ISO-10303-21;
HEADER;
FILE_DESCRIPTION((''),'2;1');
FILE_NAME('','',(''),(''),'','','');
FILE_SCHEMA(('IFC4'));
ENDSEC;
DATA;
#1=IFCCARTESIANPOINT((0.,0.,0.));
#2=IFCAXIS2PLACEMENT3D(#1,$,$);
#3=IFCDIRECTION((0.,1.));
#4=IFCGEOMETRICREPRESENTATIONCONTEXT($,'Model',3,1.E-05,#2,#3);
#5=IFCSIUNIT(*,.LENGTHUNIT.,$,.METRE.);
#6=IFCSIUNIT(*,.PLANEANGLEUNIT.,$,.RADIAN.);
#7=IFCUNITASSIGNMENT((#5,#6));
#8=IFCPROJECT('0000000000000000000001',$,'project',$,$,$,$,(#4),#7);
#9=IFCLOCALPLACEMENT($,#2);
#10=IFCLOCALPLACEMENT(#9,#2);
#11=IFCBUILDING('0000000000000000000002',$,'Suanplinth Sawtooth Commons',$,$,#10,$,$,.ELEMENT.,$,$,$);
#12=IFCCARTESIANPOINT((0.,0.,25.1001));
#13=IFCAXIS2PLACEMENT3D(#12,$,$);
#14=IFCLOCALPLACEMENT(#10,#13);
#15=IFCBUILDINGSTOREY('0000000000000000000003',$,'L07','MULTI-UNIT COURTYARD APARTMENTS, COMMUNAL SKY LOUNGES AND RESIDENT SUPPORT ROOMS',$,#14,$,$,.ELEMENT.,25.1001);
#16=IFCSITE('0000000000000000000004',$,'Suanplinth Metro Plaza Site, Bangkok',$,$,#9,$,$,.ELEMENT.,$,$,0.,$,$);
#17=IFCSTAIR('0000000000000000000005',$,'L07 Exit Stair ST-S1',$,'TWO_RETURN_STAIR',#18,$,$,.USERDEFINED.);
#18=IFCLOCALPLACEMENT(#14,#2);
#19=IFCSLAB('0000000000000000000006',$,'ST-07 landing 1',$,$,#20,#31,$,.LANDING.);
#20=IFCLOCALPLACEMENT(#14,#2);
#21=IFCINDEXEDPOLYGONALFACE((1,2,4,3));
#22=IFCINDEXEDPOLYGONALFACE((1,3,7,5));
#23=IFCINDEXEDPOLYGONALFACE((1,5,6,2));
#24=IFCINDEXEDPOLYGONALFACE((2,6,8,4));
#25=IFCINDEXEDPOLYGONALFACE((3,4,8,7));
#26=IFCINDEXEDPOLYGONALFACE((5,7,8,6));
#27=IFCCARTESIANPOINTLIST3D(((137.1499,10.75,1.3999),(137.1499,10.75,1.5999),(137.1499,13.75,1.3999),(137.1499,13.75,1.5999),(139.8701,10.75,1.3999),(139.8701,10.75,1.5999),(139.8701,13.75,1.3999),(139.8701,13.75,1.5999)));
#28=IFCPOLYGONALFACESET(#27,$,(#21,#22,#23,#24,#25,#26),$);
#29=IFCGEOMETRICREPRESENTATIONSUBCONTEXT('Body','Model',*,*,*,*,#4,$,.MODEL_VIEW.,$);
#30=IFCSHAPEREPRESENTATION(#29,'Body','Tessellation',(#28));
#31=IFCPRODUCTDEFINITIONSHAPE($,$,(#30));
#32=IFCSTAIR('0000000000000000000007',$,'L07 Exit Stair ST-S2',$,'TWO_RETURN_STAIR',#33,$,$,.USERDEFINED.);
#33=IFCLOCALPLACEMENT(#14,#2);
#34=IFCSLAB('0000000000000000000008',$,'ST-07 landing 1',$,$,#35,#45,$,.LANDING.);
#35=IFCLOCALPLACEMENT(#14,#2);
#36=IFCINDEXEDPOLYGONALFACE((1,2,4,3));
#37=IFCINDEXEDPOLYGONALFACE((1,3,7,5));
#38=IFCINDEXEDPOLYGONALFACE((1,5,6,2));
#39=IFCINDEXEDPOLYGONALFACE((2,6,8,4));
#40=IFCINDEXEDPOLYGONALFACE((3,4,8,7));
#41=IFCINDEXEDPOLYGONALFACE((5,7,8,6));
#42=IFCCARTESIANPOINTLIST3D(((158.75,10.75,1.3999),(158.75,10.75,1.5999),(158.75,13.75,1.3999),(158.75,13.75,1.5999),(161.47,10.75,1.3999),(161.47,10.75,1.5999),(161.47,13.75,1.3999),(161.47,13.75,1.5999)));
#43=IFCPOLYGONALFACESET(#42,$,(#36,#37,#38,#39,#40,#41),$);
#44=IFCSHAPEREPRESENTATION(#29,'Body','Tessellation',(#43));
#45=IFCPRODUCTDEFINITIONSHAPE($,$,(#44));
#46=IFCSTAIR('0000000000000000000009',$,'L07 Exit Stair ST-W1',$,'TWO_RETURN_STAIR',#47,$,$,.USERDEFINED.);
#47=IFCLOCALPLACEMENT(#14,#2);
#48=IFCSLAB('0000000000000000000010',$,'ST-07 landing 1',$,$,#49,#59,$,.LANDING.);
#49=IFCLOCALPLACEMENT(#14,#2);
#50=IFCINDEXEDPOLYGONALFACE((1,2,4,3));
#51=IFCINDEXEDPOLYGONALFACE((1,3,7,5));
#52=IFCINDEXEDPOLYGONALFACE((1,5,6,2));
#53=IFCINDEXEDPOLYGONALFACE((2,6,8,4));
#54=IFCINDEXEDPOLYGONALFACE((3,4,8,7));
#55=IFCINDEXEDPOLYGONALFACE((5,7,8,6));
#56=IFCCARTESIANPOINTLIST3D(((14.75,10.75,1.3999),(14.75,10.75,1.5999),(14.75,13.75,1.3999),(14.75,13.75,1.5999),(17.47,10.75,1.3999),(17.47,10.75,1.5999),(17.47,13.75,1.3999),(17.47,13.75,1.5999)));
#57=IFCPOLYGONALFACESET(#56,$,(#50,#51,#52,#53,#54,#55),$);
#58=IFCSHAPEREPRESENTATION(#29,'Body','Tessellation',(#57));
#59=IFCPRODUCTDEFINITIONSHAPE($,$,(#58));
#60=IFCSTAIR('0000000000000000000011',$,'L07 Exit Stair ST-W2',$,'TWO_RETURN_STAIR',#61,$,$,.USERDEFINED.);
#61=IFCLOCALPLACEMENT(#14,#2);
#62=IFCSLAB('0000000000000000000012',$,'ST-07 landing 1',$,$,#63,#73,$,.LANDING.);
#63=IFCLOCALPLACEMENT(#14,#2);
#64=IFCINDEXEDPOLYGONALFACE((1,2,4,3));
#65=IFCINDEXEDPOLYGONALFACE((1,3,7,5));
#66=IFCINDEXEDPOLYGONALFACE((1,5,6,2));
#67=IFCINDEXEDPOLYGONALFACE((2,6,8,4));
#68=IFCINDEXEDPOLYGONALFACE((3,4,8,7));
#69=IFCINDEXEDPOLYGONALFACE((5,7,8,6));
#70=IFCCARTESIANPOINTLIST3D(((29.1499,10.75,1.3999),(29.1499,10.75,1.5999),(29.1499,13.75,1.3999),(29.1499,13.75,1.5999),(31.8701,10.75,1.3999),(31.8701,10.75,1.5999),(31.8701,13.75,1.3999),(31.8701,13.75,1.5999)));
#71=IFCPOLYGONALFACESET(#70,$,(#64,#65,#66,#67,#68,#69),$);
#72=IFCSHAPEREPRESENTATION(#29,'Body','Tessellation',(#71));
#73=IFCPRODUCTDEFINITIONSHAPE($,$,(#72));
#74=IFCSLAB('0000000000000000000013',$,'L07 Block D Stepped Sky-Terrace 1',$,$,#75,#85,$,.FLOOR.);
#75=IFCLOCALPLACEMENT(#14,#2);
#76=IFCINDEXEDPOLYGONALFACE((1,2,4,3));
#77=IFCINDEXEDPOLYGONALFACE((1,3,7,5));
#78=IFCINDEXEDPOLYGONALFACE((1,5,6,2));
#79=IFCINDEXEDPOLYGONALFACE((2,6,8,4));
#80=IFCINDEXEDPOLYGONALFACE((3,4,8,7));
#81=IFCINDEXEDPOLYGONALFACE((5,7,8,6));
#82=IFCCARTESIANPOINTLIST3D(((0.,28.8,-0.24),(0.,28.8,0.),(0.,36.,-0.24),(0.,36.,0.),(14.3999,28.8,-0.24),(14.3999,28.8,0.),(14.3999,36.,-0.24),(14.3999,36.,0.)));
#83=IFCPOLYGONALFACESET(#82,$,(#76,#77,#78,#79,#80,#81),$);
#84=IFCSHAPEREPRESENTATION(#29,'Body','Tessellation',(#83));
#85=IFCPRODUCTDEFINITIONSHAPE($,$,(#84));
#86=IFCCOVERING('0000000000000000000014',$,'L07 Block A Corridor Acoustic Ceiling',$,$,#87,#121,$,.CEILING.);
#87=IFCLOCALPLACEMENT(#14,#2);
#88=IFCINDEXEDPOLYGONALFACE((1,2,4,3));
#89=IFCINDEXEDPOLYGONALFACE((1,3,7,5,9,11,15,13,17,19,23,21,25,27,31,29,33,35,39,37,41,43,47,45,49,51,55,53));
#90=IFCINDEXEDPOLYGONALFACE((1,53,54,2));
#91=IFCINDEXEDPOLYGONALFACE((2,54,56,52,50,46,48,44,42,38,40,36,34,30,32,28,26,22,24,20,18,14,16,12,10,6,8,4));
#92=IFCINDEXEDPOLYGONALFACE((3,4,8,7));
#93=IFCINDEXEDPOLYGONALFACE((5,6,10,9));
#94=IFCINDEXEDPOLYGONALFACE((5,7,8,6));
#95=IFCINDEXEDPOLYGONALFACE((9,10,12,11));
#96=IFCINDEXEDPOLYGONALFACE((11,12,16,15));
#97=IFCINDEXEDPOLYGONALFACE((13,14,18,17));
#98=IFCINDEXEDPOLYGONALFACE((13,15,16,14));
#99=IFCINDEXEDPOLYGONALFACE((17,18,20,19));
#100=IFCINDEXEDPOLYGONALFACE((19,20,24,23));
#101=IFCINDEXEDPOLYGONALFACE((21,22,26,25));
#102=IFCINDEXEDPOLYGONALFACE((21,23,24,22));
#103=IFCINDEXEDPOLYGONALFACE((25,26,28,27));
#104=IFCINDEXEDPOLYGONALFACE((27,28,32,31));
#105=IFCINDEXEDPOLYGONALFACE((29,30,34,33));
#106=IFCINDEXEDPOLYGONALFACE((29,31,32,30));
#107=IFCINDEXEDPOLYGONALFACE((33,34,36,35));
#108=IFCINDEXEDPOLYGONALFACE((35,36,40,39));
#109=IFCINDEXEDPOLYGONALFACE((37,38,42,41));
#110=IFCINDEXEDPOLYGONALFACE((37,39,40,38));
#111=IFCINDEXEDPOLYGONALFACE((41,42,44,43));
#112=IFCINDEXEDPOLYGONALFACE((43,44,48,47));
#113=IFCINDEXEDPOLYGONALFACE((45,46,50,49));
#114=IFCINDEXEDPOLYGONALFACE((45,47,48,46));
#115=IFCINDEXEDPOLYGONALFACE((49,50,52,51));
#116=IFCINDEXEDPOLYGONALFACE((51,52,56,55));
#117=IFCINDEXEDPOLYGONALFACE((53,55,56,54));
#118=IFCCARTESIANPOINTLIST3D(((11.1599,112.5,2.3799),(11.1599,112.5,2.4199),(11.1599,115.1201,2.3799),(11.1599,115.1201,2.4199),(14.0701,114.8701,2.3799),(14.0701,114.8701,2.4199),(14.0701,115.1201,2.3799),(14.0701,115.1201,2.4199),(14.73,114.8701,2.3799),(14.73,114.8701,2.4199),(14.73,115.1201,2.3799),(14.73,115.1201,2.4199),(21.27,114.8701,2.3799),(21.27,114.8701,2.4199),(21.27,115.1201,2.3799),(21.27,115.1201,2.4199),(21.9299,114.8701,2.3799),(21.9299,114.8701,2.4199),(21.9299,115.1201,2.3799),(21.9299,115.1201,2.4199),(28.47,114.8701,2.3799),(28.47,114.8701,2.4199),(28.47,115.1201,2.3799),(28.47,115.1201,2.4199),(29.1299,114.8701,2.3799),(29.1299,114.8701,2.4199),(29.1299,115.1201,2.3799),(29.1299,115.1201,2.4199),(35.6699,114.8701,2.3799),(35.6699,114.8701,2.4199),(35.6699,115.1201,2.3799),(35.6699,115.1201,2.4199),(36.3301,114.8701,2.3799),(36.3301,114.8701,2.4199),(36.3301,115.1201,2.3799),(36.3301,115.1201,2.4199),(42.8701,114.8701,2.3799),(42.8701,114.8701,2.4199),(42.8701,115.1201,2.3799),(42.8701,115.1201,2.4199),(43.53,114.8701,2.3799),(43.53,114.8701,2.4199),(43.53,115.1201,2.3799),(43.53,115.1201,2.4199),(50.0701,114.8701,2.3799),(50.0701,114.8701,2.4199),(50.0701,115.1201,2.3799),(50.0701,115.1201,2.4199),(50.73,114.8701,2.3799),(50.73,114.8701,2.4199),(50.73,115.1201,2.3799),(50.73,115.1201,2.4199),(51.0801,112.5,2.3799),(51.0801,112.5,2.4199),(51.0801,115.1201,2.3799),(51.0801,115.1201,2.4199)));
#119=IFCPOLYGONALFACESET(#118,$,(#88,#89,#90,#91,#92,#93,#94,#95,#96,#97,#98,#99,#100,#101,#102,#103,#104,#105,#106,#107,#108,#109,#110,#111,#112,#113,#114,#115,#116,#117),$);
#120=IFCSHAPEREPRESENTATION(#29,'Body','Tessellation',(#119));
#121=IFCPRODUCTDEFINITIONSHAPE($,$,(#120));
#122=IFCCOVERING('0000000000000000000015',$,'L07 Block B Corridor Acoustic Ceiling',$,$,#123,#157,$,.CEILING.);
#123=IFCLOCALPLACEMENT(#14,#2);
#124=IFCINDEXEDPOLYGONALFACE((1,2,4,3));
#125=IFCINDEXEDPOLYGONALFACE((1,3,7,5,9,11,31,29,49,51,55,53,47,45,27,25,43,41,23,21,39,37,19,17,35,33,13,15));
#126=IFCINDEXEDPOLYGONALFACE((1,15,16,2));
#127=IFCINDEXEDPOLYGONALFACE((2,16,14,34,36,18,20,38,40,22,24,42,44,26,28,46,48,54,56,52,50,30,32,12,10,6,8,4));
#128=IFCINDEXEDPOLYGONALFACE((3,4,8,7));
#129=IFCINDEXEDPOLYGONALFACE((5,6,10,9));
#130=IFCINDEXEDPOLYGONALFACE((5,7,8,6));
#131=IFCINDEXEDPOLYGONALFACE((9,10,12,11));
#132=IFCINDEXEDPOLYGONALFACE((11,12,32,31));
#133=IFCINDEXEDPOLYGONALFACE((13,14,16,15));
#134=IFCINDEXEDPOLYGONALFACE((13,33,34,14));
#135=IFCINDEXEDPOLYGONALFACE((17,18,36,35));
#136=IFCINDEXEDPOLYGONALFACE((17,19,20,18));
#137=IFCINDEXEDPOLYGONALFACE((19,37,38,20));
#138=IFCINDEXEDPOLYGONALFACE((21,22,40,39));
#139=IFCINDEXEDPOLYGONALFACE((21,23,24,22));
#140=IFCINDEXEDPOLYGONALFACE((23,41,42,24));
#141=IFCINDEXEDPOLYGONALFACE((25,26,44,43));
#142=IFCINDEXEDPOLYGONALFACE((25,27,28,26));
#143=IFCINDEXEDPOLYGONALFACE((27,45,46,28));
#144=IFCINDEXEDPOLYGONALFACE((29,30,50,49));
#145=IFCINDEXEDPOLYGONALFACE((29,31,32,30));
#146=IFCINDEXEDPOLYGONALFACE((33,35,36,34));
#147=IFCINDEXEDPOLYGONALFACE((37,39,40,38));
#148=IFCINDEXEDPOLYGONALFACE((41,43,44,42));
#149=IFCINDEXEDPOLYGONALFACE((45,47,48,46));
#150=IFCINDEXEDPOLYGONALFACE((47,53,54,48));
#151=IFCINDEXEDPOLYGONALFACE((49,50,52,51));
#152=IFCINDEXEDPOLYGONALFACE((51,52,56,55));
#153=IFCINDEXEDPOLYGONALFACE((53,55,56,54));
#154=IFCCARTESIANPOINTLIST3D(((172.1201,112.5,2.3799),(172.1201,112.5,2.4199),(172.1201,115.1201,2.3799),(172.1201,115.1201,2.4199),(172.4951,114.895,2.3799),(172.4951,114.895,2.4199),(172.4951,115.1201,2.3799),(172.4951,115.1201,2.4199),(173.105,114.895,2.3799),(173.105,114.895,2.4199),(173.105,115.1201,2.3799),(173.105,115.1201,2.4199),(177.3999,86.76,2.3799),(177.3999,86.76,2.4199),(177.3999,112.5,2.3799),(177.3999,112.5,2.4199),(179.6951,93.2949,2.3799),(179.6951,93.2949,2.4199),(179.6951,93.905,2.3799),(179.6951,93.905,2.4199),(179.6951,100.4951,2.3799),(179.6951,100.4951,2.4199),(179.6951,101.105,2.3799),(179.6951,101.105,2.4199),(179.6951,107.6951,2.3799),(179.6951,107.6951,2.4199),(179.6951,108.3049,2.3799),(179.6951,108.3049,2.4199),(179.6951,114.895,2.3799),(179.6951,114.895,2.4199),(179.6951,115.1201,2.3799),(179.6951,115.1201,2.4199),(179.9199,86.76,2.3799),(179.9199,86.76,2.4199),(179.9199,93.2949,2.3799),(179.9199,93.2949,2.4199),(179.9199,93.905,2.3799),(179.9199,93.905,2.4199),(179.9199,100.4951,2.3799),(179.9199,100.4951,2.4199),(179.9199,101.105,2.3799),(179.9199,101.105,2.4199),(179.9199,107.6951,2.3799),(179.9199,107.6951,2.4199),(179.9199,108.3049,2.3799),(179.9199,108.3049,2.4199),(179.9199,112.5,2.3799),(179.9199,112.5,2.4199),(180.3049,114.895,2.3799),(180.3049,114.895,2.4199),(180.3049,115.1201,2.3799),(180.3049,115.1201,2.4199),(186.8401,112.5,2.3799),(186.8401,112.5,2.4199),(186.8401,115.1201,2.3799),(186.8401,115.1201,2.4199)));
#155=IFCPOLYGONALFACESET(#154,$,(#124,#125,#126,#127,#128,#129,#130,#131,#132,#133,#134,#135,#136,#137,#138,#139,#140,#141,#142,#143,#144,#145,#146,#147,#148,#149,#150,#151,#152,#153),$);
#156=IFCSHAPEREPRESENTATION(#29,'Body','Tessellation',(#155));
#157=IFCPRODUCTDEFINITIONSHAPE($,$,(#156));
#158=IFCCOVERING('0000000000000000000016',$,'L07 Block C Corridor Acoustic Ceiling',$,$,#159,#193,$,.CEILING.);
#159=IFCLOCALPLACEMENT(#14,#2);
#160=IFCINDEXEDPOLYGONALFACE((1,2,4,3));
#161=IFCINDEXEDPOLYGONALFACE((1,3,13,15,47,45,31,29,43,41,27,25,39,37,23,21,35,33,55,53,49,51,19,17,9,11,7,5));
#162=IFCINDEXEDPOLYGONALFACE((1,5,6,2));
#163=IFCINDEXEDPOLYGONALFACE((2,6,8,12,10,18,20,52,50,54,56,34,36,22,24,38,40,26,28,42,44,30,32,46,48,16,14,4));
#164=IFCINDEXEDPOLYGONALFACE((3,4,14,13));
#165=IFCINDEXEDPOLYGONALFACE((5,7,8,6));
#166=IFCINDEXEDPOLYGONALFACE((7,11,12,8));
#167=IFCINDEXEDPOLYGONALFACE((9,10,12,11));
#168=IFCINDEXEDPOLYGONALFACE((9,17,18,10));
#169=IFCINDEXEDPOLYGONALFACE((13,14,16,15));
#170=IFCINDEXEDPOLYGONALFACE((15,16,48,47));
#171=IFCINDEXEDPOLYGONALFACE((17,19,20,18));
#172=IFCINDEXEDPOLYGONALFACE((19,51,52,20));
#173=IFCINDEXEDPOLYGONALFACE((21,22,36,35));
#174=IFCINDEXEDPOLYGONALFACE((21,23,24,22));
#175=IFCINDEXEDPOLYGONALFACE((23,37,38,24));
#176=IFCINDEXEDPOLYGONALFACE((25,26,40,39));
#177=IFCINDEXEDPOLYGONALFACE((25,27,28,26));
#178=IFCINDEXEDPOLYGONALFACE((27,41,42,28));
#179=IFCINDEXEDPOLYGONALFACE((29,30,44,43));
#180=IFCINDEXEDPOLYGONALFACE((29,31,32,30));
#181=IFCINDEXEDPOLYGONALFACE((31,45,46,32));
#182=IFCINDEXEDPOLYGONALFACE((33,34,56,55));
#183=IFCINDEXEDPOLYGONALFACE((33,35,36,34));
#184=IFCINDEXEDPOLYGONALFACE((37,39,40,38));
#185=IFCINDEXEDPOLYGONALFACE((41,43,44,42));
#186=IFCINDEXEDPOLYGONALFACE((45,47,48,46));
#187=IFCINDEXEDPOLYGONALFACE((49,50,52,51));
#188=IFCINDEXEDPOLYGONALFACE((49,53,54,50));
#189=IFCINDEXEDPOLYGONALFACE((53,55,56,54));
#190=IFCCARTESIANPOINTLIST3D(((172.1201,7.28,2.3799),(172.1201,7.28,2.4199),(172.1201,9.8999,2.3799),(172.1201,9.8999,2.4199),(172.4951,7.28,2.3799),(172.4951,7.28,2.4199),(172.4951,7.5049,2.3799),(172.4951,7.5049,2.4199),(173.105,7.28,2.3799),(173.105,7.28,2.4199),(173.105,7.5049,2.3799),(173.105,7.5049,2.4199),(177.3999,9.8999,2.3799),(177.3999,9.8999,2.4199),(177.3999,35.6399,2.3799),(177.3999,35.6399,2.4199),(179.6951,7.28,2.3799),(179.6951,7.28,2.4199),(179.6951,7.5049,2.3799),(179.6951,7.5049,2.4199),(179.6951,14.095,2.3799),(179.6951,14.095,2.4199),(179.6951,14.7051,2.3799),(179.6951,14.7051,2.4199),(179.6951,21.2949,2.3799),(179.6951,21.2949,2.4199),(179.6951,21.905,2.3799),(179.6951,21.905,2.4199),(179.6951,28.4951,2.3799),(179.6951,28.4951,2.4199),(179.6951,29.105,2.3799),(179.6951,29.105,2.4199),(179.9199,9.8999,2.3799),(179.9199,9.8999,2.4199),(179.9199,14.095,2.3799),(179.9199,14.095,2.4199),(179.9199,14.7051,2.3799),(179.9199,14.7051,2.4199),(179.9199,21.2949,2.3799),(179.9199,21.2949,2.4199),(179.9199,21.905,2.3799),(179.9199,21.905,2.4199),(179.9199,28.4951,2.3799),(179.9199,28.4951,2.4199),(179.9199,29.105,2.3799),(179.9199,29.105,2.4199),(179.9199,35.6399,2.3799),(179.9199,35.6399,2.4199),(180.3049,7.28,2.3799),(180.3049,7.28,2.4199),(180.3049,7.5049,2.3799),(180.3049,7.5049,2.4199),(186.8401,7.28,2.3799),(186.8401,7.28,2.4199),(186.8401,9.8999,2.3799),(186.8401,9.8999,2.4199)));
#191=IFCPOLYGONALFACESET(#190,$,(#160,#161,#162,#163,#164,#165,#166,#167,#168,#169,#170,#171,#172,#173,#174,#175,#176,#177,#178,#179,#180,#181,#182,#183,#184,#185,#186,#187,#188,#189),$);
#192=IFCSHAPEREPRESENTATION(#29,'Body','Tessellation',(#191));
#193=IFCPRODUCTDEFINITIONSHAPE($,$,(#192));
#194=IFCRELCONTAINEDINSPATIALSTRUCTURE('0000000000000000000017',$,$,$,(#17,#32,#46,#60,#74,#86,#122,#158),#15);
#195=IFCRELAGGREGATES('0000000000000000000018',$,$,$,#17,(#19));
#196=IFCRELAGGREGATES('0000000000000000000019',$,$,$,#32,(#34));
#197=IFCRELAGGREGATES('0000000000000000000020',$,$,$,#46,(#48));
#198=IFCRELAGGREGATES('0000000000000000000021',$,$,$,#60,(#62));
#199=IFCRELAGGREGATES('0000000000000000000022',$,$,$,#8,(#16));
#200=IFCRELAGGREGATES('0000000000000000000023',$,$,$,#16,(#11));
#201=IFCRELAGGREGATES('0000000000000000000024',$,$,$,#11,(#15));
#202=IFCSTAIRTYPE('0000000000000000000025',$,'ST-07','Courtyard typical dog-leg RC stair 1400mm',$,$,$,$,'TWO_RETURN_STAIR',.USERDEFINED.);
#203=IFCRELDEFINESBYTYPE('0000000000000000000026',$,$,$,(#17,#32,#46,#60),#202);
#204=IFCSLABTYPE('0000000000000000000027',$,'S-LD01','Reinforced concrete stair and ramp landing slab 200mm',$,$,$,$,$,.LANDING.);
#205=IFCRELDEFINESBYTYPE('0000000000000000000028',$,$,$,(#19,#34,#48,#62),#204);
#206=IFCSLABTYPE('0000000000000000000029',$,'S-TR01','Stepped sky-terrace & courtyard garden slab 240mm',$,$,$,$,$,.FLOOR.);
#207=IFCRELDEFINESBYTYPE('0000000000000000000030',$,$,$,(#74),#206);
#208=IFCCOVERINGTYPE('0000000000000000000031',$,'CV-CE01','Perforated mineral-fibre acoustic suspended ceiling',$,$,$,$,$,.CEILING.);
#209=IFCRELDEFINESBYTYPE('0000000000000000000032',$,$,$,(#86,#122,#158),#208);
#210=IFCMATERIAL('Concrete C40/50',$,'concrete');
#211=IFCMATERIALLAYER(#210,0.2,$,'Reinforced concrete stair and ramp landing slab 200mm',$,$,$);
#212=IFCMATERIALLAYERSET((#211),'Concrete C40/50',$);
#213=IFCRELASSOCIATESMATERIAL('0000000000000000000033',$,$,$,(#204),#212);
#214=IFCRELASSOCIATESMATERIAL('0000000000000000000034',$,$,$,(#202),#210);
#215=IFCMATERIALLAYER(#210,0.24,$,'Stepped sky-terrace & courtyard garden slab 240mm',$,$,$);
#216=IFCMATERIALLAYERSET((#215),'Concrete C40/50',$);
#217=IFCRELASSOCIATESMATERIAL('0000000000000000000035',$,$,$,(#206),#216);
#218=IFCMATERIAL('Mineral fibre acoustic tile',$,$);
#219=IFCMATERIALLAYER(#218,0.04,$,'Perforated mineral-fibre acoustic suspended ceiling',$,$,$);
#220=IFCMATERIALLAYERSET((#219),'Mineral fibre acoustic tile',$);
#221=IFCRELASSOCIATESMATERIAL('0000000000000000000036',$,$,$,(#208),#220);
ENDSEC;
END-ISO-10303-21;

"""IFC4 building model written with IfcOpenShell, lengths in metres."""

from ifc_helpers import new_model, si_unit, direction, frame, origin, place, context, subcontext, project, spatial, polyline, outline, extrude, material, layer, layer_set, type_object, element, aggregate, save


model = new_model("IFC4")

# Units and contexts
model_context = context("Model", 3, precision=1e-05, world=origin(), true_north=direction((0.0, 1.0)))
body_context = subcontext(model_context, "Body", "Model", "MODEL_VIEW")
ifc_project = project(units=[si_unit("LENGTHUNIT", "METRE"), si_unit("PLANEANGLEUNIT", "RADIAN")], contexts=[model_context])

# Site, building, storey
site_placement = place(None, origin())
site = spatial("IfcSite", under=ifc_project, at=site_placement, Name="Suanplinth Metro Plaza Site, Bangkok", CompositionType="ELEMENT", RefElevation=0.0)
building_placement = place(site_placement, origin())
building = spatial("IfcBuilding", under=site, at=building_placement, Name="Suanplinth Sawtooth Commons", CompositionType="ELEMENT")
storey_placement = place(building_placement, frame((0.0, 0.0, 25.1001)))
storey = spatial("IfcBuildingStorey", under=building, at=storey_placement, Name="L07", Description="MULTI-UNIT COURTYARD APARTMENTS, COMMUNAL SKY LOUNGES AND RESIDENT SUPPORT ROOMS", CompositionType="ELEMENT", Elevation=25.1001)

# Stairs, slabs
ifc_material_1 = material(Name="Concrete C40/50", Category="concrete")
ifc_layer_1 = layer(ifc_material_1, 0.2, Name="Reinforced concrete stair and ramp landing slab 200mm")
ifc_layer_set_1 = layer_set([ifc_layer_1], Name="Concrete C40/50")
slab_type_1 = type_object("IfcSlabType", Name="S-LD01", Description="Reinforced concrete stair and ramp landing slab 200mm", PredefinedType="LANDING", material=ifc_layer_set_1)
stair_type_1 = type_object("IfcStairType", Name="ST-07", Description="Courtyard typical dog-leg RC stair 1400mm", ElementType="TWO_RETURN_STAIR", PredefinedType="USERDEFINED", material=ifc_material_1)
stair_1_placement = place(storey_placement, origin())
stair_1 = element("IfcStair", 1, at=stair_1_placement, inside=storey, type_object=stair_type_1, Name="L07 Exit Stair ST-S1", ObjectType="TWO_RETURN_STAIR", PredefinedType="USERDEFINED")
slab_1_placement = place(storey_placement, frame((0.0, 0.0, 1.3999)))
slab_1 = element("IfcSlab", 2, at=slab_1_placement, type_object=slab_type_1, Name="ST-07 landing 1", PredefinedType="LANDING", context=body_context, shape_type="SweptSolid", body=[
    extrude(outline(polyline([(139.8701, 13.75), (137.1499, 13.75), (137.1499, 10.75), (139.8701, 10.75), (139.8701, 13.75)])), origin(), (0.0, 0.0, 1.0), 0.2),
])
aggregate(stair_1, [slab_1])
stair_2_placement = place(storey_placement, origin())
stair_2 = element("IfcStair", 3, at=stair_2_placement, inside=storey, type_object=stair_type_1, Name="L07 Exit Stair ST-S2", ObjectType="TWO_RETURN_STAIR", PredefinedType="USERDEFINED")
slab_2_placement = place(storey_placement, frame((0.0, 0.0, 1.3999)))
slab_2 = element("IfcSlab", 4, at=slab_2_placement, type_object=slab_type_1, Name="ST-07 landing 1", PredefinedType="LANDING", context=body_context, shape_type="SweptSolid", body=[
    extrude(outline(polyline([(161.47, 13.75), (158.75, 13.75), (158.75, 10.75), (161.47, 10.75), (161.47, 13.75)])), origin(), (0.0, 0.0, 1.0), 0.2),
])
aggregate(stair_2, [slab_2])
stair_3_placement = place(storey_placement, origin())
stair_3 = element("IfcStair", 5, at=stair_3_placement, inside=storey, type_object=stair_type_1, Name="L07 Exit Stair ST-W1", ObjectType="TWO_RETURN_STAIR", PredefinedType="USERDEFINED")
slab_3_placement = place(storey_placement, frame((0.0, 0.0, 1.3999)))
slab_3 = element("IfcSlab", 6, at=slab_3_placement, type_object=slab_type_1, Name="ST-07 landing 1", PredefinedType="LANDING", context=body_context, shape_type="SweptSolid", body=[
    extrude(outline(polyline([(17.47, 13.75), (14.75, 13.75), (14.75, 10.75), (17.47, 10.75), (17.47, 13.75)])), origin(), (0.0, 0.0, 1.0), 0.2),
])
aggregate(stair_3, [slab_3])
stair_4_placement = place(storey_placement, origin())
stair_4 = element("IfcStair", 7, at=stair_4_placement, inside=storey, type_object=stair_type_1, Name="L07 Exit Stair ST-W2", ObjectType="TWO_RETURN_STAIR", PredefinedType="USERDEFINED")
slab_4_placement = place(storey_placement, frame((0.0, 0.0, 1.3999)))
slab_4 = element("IfcSlab", 8, at=slab_4_placement, type_object=slab_type_1, Name="ST-07 landing 1", PredefinedType="LANDING", context=body_context, shape_type="SweptSolid", body=[
    extrude(outline(polyline([(31.8701, 13.75), (29.1499, 13.75), (29.1499, 10.75), (31.8701, 10.75), (31.8701, 13.75)])), origin(), (0.0, 0.0, 1.0), 0.2),
])
aggregate(stair_4, [slab_4])

# Slab
ifc_layer_2 = layer(ifc_material_1, 0.24, Name="Stepped sky-terrace & courtyard garden slab 240mm")
ifc_layer_set_2 = layer_set([ifc_layer_2], Name="Concrete C40/50")
slab_type_2 = type_object("IfcSlabType", Name="S-TR01", Description="Stepped sky-terrace & courtyard garden slab 240mm", PredefinedType="FLOOR", material=ifc_layer_set_2)
slab_5_placement = place(storey_placement, frame((0.0, 0.0, -0.24)))
element("IfcSlab", 9, at=slab_5_placement, inside=storey, type_object=slab_type_2, Name="L07 Block D Stepped Sky-Terrace 1", PredefinedType="FLOOR", context=body_context, shape_type="SweptSolid", body=[
    extrude(outline(polyline([(0.0, 36.0), (14.3999, 36.0), (14.3999, 28.8), (0.0, 28.8), (0.0, 36.0)])), origin(), (0.0, 0.0, 1.0), 0.24),
])

# Coverings
ifc_material_2 = material(Name="Mineral fibre acoustic tile")
ifc_layer_3 = layer(ifc_material_2, 0.04, Name="Perforated mineral-fibre acoustic suspended ceiling")
ifc_layer_set_3 = layer_set([ifc_layer_3], Name="Mineral fibre acoustic tile")
covering_type = type_object("IfcCoveringType", Name="CV-CE01", Description="Perforated mineral-fibre acoustic suspended ceiling", PredefinedType="CEILING", material=ifc_layer_set_3)
covering_1_placement = place(storey_placement, frame((0.0, 0.0, 2.3799)))
element("IfcCovering", 10, at=covering_1_placement, inside=storey, type_object=covering_type, Name="L07 Block A Corridor Acoustic Ceiling", PredefinedType="CEILING", context=body_context, shape_type="SweptSolid", body=[
    extrude(outline(polyline([(11.1599, 112.5), (11.1599, 115.1201), (14.0701, 115.1201), (14.0701, 114.8701), (14.73, 114.8701), (14.73, 115.1201), (21.27, 115.1201), (21.27, 114.8701), (21.9299, 114.8701), (21.9299, 115.1201), (28.47, 115.1201), (28.47, 114.8701), (29.1299, 114.8701), (29.1299, 115.1201), (35.6699, 115.1201), (35.6699, 114.8701), (36.3301, 114.8701), (36.3301, 115.1201), (42.8701, 115.1201), (42.8701, 114.8701), (43.53, 114.8701), (43.53, 115.1201), (50.0701, 115.1201), (50.0701, 114.8701), (50.73, 114.8701), (50.73, 115.1201), (51.0801, 115.1201), (51.0801, 112.5), (11.1599, 112.5)])), origin(), (0.0, 0.0, 1.0), 0.04),
])
covering_2_placement = place(storey_placement, frame((0.0, 0.0, 2.3799)))
element("IfcCovering", 11, at=covering_2_placement, inside=storey, type_object=covering_type, Name="L07 Block B Corridor Acoustic Ceiling", PredefinedType="CEILING", context=body_context, shape_type="SweptSolid", body=[
    extrude(outline(polyline([(172.4951, 115.1201), (172.4951, 114.895), (173.105, 114.895), (173.105, 115.1201), (179.6951, 115.1201), (179.6951, 114.895), (180.3049, 114.895), (180.3049, 115.1201), (186.8401, 115.1201), (186.8401, 112.5), (179.9199, 112.5), (179.9199, 108.3049), (179.6951, 108.3049), (179.6951, 107.6951), (179.9199, 107.6951), (179.9199, 101.105), (179.6951, 101.105), (179.6951, 100.4951), (179.9199, 100.4951), (179.9199, 93.905), (179.6951, 93.905), (179.6951, 93.2949), (179.9199, 93.2949), (179.9199, 86.76), (177.3999, 86.76), (177.3999, 112.5), (172.1201, 112.5), (172.1201, 115.1201), (172.4951, 115.1201)])), origin(), (0.0, 0.0, 1.0), 0.04),
])
covering_3_placement = place(storey_placement, frame((0.0, 0.0, 2.3799)))
element("IfcCovering", 12, at=covering_3_placement, inside=storey, type_object=covering_type, Name="L07 Block C Corridor Acoustic Ceiling", PredefinedType="CEILING", context=body_context, shape_type="SweptSolid", body=[
    extrude(outline(polyline([(172.1201, 9.8999), (177.3999, 9.8999), (177.3999, 35.6399), (179.9199, 35.6399), (179.9199, 29.105), (179.6951, 29.105), (179.6951, 28.4951), (179.9199, 28.4951), (179.9199, 21.905), (179.6951, 21.905), (179.6951, 21.2949), (179.9199, 21.2949), (179.9199, 14.7051), (179.6951, 14.7051), (179.6951, 14.095), (179.9199, 14.095), (179.9199, 9.8999), (186.8401, 9.8999), (186.8401, 7.28), (180.3049, 7.28), (180.3049, 7.5049), (179.6951, 7.5049), (179.6951, 7.28), (173.105, 7.28), (173.105, 7.5049), (172.4951, 7.5049), (172.4951, 7.28), (172.1201, 7.28), (172.1201, 9.8999)])), origin(), (0.0, 0.0, 1.0), 0.04),
])

save(model, "model.ifc")
